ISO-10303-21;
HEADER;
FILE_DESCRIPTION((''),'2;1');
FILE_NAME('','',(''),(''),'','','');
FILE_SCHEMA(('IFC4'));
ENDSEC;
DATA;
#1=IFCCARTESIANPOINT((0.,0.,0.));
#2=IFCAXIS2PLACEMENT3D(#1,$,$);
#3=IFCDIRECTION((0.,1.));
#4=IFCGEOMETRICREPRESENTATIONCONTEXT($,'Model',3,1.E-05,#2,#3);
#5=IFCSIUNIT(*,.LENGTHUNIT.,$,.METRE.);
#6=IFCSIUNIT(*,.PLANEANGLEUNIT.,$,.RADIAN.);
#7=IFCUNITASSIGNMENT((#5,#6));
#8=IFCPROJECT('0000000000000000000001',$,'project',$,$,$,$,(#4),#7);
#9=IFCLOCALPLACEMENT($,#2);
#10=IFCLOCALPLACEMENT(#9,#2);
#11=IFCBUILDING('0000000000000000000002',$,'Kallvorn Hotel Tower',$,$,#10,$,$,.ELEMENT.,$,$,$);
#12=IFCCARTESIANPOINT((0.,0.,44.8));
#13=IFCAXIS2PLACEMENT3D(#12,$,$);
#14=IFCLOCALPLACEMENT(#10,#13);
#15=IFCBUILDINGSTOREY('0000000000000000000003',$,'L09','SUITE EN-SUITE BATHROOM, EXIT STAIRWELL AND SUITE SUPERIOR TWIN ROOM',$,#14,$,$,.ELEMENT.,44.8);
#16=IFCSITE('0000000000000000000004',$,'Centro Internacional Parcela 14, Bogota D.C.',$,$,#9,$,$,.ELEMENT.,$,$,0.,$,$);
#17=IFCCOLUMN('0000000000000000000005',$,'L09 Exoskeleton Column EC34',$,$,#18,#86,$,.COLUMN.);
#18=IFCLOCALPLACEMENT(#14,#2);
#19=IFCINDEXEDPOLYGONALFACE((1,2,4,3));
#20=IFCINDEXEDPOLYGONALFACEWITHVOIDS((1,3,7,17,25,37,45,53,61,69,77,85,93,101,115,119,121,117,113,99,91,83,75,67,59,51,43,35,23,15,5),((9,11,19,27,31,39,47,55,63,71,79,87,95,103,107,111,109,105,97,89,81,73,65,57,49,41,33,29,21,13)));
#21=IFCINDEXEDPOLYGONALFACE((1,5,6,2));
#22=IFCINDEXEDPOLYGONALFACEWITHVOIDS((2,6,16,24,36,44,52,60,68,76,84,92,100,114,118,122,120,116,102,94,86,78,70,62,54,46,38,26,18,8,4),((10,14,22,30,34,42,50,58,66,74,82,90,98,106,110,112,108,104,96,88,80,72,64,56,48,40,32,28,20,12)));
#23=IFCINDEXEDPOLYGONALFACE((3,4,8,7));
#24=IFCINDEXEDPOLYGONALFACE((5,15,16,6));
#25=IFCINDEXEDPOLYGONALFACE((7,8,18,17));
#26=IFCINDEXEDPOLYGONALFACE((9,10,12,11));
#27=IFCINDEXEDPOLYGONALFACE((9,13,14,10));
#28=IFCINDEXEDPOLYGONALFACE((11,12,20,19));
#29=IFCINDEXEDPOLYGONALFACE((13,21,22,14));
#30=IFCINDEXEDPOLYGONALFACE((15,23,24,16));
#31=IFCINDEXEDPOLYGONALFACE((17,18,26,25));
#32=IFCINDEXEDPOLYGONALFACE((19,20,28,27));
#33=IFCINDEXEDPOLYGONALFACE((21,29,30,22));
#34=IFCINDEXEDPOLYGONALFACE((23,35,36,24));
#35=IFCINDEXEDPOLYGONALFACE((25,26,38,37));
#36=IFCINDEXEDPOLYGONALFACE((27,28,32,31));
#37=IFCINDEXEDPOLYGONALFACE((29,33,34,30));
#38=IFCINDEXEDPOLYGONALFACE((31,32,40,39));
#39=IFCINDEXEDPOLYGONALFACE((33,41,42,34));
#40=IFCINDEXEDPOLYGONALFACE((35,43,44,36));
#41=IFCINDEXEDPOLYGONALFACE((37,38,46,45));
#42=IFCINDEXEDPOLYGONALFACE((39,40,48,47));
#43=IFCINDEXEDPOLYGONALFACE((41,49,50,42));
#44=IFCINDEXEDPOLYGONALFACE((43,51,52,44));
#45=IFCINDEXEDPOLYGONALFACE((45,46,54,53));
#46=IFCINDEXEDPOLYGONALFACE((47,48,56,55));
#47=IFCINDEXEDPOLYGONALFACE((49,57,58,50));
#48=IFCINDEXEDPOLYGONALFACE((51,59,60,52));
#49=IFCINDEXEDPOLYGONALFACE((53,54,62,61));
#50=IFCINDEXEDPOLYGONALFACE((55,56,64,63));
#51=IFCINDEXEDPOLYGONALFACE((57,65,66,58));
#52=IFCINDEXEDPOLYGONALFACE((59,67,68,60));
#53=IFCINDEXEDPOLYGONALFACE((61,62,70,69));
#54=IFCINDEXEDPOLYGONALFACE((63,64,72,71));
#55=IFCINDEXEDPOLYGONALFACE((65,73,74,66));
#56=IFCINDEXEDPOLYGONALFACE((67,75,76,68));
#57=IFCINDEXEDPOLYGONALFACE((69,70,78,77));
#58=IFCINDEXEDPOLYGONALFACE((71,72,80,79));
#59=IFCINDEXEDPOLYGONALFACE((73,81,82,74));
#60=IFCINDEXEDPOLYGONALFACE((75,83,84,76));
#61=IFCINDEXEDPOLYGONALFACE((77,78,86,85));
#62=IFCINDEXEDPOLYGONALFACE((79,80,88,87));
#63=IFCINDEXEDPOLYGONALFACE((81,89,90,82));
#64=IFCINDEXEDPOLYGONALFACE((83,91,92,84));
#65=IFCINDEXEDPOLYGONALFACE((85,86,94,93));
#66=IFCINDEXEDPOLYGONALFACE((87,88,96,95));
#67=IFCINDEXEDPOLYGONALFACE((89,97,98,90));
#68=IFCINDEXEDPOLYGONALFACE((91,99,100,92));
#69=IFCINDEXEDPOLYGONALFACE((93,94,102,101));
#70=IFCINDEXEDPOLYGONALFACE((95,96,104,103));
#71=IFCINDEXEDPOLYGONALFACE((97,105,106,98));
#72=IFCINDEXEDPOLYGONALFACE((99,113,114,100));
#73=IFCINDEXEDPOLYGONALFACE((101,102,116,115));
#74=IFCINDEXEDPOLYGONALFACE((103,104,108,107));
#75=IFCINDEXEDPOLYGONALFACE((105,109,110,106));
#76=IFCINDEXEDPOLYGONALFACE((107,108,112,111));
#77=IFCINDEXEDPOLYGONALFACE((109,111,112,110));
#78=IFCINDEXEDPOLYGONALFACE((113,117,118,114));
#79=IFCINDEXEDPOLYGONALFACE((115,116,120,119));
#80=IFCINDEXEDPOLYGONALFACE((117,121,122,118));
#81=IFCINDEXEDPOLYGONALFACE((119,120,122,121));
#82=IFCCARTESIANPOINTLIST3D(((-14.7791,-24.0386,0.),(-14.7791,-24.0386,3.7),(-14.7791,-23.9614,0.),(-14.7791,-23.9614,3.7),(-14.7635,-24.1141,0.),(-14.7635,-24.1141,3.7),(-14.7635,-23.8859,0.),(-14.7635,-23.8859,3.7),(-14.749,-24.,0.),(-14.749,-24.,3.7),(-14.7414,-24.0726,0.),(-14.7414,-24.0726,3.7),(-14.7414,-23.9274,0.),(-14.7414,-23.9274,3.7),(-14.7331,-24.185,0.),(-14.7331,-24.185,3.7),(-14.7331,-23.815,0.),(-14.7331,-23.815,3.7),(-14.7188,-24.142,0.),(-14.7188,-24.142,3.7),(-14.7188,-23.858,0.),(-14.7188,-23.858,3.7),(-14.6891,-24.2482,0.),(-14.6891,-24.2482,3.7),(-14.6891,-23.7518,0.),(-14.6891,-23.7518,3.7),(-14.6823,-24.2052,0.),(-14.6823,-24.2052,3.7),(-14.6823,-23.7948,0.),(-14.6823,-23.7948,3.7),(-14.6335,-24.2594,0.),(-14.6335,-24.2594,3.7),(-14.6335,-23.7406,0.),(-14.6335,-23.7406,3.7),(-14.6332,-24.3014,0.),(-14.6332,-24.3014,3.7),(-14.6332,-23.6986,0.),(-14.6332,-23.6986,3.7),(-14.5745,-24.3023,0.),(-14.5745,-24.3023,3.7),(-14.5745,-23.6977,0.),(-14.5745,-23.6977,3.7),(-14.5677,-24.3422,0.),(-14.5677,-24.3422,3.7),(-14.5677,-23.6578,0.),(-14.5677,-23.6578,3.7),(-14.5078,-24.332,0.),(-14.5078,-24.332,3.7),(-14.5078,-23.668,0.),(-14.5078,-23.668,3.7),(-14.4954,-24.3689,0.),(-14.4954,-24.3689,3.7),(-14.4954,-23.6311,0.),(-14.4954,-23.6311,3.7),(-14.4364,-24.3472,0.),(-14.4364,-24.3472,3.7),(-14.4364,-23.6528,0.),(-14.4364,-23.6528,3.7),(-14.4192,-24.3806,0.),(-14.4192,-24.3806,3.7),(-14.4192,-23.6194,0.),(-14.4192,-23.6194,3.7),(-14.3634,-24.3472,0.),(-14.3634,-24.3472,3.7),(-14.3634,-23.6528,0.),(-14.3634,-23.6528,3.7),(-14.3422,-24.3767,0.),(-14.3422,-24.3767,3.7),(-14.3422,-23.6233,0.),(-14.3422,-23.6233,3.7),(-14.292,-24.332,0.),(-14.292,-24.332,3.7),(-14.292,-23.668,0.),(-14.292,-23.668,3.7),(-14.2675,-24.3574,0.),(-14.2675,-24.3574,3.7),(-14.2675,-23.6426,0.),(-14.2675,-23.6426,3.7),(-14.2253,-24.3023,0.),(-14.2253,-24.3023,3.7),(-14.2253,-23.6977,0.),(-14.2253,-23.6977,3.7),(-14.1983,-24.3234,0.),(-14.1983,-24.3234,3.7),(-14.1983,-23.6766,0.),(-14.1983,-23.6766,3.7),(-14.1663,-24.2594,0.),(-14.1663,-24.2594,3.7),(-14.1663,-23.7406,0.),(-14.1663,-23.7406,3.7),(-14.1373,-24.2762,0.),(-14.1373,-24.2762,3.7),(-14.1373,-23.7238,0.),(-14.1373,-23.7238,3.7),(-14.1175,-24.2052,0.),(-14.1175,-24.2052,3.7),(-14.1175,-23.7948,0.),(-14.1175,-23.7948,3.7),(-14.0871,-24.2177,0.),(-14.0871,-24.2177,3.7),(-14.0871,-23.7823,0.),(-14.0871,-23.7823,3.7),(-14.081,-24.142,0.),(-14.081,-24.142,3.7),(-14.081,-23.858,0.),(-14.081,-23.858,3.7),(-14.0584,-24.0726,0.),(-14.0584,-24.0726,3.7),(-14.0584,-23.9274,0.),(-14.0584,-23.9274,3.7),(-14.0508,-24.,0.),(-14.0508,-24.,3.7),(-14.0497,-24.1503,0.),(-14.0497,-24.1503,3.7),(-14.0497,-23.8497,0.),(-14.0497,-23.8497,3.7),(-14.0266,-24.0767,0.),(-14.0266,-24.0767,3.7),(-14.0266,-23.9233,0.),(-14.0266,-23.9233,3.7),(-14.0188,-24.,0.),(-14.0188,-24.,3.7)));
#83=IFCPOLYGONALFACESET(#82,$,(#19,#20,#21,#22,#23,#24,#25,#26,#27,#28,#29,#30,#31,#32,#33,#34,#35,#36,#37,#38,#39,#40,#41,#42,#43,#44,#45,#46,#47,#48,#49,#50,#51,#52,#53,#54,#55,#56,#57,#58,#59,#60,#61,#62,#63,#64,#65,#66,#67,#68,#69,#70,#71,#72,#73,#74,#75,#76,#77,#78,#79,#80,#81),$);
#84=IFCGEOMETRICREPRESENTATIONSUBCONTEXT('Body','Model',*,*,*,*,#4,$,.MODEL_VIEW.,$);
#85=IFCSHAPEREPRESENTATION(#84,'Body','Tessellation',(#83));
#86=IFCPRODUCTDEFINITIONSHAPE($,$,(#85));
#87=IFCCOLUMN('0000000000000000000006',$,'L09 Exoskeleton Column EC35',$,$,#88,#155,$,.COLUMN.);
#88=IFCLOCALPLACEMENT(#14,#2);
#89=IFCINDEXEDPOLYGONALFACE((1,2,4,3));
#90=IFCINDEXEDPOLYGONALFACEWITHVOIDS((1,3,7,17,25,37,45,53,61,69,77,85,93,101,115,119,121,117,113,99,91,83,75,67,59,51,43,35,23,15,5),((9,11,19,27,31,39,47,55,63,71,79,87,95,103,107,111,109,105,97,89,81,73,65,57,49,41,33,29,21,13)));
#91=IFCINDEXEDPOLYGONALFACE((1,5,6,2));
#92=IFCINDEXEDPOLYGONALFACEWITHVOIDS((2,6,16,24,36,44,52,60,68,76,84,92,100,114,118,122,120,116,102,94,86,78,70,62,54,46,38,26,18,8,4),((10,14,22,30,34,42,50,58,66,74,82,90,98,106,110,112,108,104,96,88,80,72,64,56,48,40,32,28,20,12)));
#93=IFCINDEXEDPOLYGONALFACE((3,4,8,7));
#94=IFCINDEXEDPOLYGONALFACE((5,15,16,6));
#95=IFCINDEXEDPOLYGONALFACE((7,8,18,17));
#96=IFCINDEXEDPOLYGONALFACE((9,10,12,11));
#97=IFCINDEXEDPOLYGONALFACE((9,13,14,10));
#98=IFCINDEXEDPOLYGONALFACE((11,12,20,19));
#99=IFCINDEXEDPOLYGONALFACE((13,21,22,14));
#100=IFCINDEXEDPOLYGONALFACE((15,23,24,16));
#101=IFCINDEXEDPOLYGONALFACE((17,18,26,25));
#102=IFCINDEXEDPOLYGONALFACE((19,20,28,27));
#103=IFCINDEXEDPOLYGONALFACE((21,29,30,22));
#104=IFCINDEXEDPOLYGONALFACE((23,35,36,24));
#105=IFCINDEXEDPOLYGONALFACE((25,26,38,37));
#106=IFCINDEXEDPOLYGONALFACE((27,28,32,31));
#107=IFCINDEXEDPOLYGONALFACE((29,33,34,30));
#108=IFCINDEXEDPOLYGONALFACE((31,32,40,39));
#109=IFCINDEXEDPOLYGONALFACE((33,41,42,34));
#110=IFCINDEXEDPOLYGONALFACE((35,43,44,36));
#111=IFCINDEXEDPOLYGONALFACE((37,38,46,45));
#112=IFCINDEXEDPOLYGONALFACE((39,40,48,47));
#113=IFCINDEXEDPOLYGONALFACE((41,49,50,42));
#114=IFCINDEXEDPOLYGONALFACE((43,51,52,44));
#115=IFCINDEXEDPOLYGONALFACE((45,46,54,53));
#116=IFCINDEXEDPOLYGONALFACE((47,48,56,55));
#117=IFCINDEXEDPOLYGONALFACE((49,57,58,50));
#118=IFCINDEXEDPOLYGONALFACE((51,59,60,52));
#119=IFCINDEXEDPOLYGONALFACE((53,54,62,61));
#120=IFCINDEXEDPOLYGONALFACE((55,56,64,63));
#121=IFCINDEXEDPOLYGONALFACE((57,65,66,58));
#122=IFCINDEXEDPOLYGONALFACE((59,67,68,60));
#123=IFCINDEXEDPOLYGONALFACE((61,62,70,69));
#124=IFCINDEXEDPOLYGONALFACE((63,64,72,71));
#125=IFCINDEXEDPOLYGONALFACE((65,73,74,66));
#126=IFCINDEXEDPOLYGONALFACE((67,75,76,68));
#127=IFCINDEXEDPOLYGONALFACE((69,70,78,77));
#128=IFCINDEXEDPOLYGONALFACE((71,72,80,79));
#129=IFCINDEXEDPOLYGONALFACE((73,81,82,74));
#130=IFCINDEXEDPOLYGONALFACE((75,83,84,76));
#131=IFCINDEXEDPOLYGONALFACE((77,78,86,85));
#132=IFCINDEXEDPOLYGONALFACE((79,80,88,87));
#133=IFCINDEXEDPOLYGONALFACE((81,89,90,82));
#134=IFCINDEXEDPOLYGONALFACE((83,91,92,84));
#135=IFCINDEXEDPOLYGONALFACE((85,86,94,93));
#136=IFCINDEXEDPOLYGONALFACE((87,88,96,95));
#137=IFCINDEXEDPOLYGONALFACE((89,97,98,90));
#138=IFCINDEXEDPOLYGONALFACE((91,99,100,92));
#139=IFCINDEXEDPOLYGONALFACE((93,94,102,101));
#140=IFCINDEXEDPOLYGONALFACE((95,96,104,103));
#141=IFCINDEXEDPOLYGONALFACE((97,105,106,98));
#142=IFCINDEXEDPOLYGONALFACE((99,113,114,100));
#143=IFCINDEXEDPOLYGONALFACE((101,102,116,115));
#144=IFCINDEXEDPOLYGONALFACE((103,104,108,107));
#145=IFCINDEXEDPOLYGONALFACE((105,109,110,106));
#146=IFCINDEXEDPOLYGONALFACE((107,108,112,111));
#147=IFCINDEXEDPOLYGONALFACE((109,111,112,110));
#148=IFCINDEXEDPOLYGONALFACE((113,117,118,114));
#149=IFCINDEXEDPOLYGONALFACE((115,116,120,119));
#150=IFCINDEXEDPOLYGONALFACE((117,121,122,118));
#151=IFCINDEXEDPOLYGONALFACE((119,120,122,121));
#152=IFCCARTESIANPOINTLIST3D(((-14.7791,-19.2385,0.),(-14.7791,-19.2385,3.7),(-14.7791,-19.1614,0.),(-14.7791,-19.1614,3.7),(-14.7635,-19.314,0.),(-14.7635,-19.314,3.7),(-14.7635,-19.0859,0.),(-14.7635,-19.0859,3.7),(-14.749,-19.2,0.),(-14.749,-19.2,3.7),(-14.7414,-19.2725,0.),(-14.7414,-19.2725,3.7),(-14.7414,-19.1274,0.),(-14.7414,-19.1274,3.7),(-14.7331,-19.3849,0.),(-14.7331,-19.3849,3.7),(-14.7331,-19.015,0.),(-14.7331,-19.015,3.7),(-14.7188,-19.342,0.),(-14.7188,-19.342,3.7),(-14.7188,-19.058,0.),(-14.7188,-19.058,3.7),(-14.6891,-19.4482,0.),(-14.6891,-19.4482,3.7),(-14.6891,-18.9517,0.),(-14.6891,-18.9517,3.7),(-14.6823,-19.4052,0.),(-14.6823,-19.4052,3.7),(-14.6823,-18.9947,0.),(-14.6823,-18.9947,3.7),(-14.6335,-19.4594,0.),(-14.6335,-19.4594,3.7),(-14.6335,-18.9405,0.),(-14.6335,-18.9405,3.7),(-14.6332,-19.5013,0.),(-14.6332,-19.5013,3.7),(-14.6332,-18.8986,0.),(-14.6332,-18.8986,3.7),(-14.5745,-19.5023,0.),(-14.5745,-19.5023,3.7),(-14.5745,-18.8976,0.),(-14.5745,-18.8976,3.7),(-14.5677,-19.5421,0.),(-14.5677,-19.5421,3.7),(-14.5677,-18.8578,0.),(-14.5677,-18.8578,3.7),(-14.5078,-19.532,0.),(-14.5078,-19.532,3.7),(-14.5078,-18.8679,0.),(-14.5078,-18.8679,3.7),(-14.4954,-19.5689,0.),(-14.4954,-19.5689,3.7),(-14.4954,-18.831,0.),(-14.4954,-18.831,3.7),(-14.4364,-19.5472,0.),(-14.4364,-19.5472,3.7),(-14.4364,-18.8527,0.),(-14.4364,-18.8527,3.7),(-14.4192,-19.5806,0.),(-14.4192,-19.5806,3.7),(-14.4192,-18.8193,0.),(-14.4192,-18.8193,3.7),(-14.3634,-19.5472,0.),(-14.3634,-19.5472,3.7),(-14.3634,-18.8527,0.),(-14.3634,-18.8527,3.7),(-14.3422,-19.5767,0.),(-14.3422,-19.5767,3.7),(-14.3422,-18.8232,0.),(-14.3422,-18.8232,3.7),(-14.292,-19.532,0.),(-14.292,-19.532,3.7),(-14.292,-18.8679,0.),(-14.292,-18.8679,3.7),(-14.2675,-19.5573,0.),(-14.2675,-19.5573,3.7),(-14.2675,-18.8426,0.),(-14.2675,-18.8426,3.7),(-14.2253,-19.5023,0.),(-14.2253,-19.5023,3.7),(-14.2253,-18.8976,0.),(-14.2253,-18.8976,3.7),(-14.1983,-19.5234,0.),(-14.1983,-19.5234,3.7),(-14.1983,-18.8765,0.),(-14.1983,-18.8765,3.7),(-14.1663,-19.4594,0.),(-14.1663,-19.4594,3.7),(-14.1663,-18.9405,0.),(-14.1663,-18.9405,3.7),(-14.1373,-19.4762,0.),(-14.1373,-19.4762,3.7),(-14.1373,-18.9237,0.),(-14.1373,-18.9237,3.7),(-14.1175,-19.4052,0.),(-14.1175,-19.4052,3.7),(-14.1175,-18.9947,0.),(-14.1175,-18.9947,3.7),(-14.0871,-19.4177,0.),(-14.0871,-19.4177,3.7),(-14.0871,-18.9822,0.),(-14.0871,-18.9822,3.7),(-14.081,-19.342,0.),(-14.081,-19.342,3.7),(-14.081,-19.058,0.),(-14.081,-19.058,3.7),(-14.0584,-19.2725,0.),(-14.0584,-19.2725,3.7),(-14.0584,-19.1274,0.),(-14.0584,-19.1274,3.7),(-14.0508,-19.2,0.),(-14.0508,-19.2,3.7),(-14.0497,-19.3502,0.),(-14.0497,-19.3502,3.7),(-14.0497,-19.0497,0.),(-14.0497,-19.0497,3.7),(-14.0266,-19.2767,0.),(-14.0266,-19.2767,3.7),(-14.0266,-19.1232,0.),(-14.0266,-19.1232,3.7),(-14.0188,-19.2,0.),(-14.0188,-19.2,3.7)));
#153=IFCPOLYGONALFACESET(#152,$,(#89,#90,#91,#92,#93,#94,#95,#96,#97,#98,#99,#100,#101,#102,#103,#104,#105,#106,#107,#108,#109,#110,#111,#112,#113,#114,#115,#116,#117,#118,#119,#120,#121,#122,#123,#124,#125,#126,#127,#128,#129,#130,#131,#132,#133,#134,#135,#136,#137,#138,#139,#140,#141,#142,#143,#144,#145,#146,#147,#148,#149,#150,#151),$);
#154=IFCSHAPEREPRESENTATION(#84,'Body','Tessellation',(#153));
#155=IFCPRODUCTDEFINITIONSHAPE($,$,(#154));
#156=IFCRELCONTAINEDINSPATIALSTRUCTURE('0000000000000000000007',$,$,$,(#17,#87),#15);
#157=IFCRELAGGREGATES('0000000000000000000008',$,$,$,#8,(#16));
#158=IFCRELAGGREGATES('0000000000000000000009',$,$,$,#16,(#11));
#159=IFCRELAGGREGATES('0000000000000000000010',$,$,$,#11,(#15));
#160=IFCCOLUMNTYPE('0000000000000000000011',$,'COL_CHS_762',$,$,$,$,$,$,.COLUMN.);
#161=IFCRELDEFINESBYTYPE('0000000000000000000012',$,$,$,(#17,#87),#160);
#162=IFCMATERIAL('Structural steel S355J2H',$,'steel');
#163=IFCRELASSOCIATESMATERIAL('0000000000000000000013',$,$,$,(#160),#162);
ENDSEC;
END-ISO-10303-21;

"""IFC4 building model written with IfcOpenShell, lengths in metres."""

from ifc_helpers import new_model, si_unit, direction, frame, origin, origin_2d, place, context, subcontext, project, spatial, hollow_circle, extrude, material, material_profile, profile_set, type_object, element, save


model = new_model("IFC4")

# Units and contexts
model_context = context("Model", 3, precision=1e-05, world=origin(), true_north=direction((0.0, 1.0)))
body_context = subcontext(model_context, "Body", "Model", "MODEL_VIEW")
ifc_project = project(units=[si_unit("LENGTHUNIT", "METRE"), si_unit("PLANEANGLEUNIT", "RADIAN")], contexts=[model_context])

# Site, building, storey
site_placement = place(None, origin())
site = spatial("IfcSite", under=ifc_project, at=site_placement, Name="Centro Internacional Parcela 14, Bogota D.C.", CompositionType="ELEMENT", RefElevation=0.0)
building_placement = place(site_placement, origin())
building = spatial("IfcBuilding", under=site, at=building_placement, Name="Kallvorn Hotel Tower", CompositionType="ELEMENT")
storey_placement = place(building_placement, frame((0.0, 0.0, 44.8)))
storey = spatial("IfcBuildingStorey", under=building, at=storey_placement, Name="L09", Description="SUITE EN-SUITE BATHROOM, EXIT STAIRWELL AND SUITE SUPERIOR TWIN ROOM", CompositionType="ELEMENT", Elevation=44.8)

# Columns
ifc_material_1 = material(Name="Structural steel S355J2H", Category="steel")
ifc_material_profile_1 = material_profile(ifc_material_1, hollow_circle(Radius=0.3811, WallThickness=0.032, at=origin_2d()), Name="CHS 762x32")
ifc_profile_set_1 = profile_set([ifc_material_profile_1], Name="Structural steel S355J2H")
column_type_1 = type_object("IfcColumnType", Name="COL_CHS_762", PredefinedType="COLUMN", material=ifc_profile_set_1)
for number, where, z_axis, x_axis, name in (
    (1, (-14.3999, -24.0, 0.0), (0.0, 0.0, 1.0), (1.0, 0.0, 0.0), "L09 Exoskeleton Column EC34"),
    (2, (-14.3999, -19.2, 0.0), (0.0, 0.0, 1.0), (1.0, 0.0, 0.0), "L09 Exoskeleton Column EC35"),
):
    element("IfcColumn", number, at=place(storey_placement, frame(where, z_axis=z_axis, x_axis=x_axis)), inside=storey, type_object=column_type_1, Name=name, PredefinedType="COLUMN", context=body_context, shape_type="SweptSolid", body=[
        extrude(hollow_circle(Radius=0.3811, WallThickness=0.032, at=origin_2d()), origin(), (0.0, 0.0, 1.0), 3.7),
    ])

save(model, "model.ifc")
